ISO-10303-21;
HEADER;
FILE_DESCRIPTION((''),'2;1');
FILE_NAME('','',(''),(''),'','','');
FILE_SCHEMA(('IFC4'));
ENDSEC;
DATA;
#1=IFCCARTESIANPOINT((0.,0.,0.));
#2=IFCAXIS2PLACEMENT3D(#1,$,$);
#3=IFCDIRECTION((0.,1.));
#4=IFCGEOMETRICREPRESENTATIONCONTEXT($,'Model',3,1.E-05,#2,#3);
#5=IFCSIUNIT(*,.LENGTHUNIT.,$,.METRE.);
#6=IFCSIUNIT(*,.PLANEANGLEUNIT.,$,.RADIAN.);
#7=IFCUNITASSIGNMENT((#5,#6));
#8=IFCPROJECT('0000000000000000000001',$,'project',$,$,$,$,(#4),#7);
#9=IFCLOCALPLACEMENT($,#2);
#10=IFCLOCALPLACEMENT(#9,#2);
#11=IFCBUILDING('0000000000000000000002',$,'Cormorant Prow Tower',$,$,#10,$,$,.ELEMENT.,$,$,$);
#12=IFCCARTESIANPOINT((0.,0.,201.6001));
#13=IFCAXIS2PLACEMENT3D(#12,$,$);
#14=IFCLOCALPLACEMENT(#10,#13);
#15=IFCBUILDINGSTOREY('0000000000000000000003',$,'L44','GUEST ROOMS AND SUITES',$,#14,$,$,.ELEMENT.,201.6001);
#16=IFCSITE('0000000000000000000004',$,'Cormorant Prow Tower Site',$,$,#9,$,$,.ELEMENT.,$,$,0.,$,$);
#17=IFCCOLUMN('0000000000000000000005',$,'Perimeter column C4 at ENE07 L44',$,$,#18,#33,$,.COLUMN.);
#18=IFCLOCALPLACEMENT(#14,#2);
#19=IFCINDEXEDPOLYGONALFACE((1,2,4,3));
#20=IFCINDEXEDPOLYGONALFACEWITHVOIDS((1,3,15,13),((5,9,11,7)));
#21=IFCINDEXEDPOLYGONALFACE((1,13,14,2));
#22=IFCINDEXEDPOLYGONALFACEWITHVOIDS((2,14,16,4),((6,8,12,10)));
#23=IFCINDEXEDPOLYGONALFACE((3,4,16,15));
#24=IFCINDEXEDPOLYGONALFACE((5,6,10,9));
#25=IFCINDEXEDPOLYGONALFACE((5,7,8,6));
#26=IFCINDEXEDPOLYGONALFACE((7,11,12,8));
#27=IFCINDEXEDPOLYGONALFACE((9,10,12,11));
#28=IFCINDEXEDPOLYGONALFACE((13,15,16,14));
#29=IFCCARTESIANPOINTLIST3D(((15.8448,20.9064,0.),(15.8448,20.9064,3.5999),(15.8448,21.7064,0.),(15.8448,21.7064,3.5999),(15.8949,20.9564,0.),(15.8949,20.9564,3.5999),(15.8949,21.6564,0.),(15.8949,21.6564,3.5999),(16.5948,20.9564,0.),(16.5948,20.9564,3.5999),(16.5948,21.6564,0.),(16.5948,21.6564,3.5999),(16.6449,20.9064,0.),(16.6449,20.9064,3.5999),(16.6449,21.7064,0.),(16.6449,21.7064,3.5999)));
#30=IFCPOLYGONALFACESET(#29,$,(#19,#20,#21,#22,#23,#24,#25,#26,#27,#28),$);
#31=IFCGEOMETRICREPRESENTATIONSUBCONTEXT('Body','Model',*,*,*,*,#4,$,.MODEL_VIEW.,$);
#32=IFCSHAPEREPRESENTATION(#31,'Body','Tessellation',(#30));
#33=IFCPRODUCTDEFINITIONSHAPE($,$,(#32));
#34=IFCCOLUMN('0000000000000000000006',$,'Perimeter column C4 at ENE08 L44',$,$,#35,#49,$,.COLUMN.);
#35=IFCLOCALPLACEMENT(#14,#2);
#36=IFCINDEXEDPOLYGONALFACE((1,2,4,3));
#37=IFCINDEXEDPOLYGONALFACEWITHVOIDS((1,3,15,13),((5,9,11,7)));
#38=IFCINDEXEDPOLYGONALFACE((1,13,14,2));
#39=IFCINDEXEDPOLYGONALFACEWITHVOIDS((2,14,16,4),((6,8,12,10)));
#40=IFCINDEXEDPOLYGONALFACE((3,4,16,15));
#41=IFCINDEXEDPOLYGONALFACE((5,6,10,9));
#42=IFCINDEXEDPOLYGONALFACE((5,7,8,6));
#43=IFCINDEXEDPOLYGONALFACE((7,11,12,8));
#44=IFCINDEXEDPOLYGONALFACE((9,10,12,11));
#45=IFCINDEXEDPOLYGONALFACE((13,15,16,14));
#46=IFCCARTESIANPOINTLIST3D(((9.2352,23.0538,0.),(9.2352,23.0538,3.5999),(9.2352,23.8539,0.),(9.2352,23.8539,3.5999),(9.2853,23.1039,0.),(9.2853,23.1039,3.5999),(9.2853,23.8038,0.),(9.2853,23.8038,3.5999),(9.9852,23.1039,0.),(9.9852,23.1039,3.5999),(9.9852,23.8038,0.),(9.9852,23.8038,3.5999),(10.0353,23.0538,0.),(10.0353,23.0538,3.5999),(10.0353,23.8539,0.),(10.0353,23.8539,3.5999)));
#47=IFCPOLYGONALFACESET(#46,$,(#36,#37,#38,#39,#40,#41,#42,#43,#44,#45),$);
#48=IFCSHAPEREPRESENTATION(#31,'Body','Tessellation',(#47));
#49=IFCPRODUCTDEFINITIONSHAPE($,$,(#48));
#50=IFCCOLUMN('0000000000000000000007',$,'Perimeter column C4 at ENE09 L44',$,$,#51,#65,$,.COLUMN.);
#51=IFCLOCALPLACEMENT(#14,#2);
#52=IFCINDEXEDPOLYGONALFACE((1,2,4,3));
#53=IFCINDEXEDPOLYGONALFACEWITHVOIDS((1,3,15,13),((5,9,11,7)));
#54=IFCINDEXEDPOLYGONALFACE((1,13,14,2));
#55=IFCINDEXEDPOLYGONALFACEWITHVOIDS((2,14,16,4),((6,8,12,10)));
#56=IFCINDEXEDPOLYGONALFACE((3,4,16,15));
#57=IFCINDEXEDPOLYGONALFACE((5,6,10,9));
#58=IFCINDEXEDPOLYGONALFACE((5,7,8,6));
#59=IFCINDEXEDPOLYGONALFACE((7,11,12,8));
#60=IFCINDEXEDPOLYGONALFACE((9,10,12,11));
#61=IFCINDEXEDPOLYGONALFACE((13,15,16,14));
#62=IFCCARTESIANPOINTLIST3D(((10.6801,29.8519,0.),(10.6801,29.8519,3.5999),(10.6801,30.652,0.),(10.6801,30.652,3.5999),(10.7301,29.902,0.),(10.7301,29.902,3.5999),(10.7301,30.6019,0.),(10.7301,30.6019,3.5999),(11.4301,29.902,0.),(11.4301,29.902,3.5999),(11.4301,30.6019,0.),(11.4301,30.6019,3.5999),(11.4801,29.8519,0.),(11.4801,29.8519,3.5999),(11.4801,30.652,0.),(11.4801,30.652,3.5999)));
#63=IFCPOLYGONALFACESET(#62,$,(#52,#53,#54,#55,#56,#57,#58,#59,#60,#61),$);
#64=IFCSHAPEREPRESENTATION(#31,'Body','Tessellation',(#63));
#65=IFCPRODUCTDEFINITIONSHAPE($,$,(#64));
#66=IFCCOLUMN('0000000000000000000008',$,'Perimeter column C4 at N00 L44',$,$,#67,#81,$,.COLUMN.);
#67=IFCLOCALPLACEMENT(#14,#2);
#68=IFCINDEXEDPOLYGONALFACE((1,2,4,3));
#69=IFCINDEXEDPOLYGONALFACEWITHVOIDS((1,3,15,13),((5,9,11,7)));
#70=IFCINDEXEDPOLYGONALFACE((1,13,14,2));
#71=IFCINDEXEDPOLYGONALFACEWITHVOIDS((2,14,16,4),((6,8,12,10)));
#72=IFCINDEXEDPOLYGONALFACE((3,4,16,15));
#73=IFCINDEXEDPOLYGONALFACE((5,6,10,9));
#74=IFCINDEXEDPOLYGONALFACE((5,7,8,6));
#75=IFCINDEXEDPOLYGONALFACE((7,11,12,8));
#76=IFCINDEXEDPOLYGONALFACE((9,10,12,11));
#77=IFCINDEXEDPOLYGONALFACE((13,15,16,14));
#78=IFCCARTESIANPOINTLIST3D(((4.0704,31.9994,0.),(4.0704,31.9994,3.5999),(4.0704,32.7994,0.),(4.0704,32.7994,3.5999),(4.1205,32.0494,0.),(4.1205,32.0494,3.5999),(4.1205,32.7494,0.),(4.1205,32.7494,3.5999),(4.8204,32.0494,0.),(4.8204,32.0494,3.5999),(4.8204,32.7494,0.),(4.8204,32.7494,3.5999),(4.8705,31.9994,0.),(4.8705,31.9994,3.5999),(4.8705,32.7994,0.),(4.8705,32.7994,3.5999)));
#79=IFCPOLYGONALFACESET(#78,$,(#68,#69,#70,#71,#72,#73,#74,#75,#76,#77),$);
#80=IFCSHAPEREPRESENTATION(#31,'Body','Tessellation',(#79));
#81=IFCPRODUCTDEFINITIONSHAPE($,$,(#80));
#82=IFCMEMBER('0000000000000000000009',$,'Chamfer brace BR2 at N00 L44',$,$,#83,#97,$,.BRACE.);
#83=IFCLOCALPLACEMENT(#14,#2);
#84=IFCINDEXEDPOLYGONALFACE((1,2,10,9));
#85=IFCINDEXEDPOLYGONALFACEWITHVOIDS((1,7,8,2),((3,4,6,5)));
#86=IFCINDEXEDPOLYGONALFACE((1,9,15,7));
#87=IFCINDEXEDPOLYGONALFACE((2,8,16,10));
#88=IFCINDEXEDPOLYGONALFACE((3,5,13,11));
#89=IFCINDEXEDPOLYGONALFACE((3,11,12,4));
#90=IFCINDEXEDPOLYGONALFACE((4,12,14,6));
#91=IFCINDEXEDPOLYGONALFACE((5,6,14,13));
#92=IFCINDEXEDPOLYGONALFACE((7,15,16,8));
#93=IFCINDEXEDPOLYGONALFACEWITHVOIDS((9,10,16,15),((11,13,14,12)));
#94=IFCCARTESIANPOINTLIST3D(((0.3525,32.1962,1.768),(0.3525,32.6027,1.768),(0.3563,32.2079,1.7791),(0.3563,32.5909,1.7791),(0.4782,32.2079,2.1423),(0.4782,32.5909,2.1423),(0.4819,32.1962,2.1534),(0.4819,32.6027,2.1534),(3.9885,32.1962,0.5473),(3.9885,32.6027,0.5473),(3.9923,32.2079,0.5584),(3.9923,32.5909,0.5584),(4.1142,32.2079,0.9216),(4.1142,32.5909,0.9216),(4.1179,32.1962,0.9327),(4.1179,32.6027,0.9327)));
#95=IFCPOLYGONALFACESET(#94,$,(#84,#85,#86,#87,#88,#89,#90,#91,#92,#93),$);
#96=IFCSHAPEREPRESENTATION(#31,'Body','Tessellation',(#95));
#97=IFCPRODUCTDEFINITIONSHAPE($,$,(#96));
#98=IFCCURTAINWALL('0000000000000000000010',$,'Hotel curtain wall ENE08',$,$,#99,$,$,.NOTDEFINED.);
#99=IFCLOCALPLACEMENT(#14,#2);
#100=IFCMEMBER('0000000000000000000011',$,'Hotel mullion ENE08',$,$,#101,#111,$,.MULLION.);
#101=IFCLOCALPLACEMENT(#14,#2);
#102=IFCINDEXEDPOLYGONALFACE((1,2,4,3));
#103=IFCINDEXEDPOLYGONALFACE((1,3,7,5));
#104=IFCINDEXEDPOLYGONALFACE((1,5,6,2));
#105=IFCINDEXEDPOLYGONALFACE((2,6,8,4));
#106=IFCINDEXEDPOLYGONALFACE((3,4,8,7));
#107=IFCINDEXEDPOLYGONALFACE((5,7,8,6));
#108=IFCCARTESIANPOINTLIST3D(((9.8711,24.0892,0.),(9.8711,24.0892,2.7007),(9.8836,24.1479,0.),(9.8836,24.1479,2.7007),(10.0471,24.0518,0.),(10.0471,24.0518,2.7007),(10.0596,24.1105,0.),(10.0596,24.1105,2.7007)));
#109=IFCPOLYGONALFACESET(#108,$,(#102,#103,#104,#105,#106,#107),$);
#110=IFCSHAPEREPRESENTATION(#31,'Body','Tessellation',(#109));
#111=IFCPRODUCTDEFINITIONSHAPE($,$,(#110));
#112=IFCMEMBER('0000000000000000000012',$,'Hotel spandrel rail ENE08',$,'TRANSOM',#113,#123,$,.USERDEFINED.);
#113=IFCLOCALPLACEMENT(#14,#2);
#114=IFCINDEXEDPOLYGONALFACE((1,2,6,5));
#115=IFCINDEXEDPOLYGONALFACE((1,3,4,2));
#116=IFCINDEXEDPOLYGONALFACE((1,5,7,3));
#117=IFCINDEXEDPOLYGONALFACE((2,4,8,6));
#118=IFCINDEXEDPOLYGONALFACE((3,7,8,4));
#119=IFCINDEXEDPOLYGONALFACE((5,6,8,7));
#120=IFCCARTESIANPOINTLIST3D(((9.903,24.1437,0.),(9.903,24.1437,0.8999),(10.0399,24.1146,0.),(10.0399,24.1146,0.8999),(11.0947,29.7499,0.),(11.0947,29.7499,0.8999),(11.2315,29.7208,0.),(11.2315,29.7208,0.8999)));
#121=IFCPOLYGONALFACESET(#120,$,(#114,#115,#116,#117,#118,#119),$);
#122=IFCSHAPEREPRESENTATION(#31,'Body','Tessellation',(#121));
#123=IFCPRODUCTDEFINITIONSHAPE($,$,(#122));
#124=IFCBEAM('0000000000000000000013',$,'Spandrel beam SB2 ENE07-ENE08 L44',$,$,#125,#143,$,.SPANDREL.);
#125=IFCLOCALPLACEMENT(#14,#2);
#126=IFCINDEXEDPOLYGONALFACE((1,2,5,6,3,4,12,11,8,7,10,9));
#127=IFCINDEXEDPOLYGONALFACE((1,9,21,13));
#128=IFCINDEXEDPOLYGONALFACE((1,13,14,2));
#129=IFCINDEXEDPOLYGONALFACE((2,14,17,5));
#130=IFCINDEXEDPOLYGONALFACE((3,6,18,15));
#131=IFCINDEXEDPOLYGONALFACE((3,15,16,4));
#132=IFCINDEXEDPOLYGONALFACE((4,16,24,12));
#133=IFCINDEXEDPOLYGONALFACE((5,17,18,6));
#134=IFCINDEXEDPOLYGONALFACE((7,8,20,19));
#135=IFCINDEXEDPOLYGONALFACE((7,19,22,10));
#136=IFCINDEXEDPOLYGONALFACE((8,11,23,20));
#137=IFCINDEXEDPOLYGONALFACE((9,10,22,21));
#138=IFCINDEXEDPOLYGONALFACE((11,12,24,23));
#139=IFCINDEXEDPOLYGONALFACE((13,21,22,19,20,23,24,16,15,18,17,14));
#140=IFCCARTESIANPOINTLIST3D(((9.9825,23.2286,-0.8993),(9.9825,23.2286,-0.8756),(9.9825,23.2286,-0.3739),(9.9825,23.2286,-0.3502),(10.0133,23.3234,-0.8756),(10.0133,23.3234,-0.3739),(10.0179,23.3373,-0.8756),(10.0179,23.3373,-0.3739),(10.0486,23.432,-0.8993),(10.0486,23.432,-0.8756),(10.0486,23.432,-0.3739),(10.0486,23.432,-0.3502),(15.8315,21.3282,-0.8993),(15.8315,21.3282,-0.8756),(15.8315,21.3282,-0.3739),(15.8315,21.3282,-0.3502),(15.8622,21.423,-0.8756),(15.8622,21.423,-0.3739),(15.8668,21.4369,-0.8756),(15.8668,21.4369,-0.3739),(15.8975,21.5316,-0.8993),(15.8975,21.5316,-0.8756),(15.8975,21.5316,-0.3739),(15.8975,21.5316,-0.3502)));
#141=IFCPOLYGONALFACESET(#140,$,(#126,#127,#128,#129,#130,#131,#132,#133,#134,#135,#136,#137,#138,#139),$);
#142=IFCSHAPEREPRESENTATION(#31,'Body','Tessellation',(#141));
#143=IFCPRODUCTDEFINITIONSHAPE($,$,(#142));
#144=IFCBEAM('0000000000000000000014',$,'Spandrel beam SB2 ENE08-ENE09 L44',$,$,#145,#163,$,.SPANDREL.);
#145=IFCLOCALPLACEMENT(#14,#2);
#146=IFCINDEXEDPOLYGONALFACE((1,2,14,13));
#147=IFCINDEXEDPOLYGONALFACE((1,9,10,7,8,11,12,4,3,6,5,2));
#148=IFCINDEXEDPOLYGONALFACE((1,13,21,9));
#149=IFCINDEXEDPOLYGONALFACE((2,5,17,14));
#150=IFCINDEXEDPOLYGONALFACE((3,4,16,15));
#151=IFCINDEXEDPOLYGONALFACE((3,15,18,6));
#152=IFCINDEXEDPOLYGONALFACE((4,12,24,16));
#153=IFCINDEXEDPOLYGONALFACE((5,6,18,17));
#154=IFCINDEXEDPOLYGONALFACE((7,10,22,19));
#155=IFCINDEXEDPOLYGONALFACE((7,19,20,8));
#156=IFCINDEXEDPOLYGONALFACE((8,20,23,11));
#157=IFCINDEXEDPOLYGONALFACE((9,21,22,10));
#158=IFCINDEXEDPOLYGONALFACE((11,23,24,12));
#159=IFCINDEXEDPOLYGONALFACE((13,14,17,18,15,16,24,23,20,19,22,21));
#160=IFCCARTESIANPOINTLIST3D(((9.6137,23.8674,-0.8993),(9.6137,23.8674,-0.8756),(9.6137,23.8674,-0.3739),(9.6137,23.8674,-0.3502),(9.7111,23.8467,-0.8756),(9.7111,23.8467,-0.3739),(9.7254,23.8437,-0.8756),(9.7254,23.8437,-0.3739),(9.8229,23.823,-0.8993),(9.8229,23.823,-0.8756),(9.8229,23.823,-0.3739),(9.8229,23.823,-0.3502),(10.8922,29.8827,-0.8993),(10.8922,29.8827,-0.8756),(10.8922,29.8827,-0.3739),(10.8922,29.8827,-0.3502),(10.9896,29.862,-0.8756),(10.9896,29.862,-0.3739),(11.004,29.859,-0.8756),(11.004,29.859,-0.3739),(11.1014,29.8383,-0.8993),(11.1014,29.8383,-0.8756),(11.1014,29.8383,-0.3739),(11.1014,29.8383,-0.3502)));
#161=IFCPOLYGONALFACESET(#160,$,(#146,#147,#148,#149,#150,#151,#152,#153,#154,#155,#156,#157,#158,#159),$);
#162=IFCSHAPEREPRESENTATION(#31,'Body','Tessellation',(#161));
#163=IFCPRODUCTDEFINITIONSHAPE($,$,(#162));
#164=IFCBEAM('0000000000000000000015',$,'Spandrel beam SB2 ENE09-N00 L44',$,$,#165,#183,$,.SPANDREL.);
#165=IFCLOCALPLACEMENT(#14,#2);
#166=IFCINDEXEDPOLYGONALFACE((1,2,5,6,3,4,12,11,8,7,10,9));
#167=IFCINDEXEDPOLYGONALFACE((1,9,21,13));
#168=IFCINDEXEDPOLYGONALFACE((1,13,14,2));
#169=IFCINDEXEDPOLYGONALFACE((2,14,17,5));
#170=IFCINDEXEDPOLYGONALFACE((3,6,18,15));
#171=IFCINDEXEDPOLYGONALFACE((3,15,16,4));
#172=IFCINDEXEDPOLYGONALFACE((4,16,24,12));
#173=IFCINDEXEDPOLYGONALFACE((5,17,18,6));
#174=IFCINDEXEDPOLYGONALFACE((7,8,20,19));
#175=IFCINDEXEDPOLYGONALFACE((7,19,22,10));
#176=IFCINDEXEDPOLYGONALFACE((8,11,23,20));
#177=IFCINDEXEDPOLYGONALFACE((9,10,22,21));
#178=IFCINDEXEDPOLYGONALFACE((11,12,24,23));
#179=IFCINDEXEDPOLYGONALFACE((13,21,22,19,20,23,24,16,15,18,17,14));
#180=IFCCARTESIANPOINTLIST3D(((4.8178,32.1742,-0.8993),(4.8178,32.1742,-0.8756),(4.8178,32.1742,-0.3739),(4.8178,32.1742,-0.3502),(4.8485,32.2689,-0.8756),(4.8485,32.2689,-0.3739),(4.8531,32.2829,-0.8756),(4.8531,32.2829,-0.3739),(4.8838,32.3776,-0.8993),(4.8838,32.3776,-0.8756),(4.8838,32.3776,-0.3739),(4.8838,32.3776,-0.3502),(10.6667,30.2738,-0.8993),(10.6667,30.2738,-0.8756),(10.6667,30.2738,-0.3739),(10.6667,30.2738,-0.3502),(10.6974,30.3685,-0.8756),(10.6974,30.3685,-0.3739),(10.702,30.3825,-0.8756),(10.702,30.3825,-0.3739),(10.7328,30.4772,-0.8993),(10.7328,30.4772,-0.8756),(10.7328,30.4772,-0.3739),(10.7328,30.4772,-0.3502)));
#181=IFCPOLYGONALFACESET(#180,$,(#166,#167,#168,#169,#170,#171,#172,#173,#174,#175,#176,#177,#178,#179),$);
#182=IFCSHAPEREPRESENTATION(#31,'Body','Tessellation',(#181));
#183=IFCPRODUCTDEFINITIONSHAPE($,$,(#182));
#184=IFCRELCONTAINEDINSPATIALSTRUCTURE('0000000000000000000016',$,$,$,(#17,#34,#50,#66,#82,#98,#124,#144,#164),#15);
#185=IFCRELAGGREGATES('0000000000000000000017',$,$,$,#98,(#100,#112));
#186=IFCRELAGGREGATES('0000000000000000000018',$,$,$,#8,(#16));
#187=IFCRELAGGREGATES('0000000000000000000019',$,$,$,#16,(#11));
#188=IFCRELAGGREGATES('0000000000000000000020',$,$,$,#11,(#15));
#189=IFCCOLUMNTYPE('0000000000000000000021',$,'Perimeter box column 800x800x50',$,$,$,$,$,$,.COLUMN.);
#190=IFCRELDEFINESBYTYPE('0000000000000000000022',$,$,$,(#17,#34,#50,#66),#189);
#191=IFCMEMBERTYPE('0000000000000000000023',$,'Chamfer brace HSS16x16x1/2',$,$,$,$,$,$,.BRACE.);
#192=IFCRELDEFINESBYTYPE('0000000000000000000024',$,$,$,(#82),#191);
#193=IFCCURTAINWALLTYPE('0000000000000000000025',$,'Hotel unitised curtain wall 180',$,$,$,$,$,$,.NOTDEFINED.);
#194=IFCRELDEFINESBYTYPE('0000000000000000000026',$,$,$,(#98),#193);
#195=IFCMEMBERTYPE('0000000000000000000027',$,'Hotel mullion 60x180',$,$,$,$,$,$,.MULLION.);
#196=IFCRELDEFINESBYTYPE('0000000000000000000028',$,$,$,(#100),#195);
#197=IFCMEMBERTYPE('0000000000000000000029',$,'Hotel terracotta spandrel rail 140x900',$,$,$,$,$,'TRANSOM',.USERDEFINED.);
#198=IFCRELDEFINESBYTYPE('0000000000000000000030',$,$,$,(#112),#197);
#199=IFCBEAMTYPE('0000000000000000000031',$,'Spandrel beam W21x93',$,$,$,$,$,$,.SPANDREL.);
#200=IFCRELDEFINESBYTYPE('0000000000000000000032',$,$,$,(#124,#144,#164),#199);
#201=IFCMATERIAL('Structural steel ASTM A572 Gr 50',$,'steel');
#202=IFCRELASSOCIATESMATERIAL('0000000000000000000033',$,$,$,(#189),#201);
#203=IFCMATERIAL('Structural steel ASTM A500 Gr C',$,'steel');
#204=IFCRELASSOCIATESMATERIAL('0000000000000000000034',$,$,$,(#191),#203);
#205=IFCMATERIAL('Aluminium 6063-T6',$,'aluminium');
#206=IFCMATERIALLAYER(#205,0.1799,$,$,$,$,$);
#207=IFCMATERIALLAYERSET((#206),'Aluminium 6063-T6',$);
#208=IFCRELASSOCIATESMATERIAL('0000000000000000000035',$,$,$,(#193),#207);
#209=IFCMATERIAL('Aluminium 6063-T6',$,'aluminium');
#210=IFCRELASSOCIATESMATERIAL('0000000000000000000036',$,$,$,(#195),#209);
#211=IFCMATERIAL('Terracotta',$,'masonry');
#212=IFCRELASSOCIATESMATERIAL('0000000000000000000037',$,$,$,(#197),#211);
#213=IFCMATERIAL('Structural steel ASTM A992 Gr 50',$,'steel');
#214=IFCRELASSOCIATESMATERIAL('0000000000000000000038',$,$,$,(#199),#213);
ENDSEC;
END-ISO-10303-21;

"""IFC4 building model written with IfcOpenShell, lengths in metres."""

from ifc_helpers import new_model, si_unit, direction, frame, origin, origin_2d, place, context, subcontext, project, spatial, rectangle, hollow_rectangle, i_section, extrude, material, layer, layer_set, material_profile, profile_set, type_object, element, aggregate, save


model = new_model("IFC4")

# Units and contexts
model_context = context("Model", 3, precision=1e-05, world=origin(), true_north=direction((0.0, 1.0)))
body_context = subcontext(model_context, "Body", "Model", "MODEL_VIEW")
ifc_project = project(units=[si_unit("LENGTHUNIT", "METRE"), si_unit("PLANEANGLEUNIT", "RADIAN")], contexts=[model_context])

# Site, building, storey
site_placement = place(None, origin())
site = spatial("IfcSite", under=ifc_project, at=site_placement, Name="Cormorant Prow Tower Site", CompositionType="ELEMENT", RefElevation=0.0)
building_placement = place(site_placement, origin())
building = spatial("IfcBuilding", under=site, at=building_placement, Name="Cormorant Prow Tower", CompositionType="ELEMENT")
storey_placement = place(building_placement, frame((0.0, 0.0, 201.6001)))
storey = spatial("IfcBuildingStorey", under=building, at=storey_placement, Name="L44", Description="GUEST ROOMS AND SUITES", CompositionType="ELEMENT", Elevation=201.6001)

# Columns
ifc_material_1 = material(Name="Structural steel ASTM A572 Gr 50", Category="steel")
ifc_material_profile_1 = material_profile(ifc_material_1, hollow_rectangle(XDim=0.8, YDim=0.8, WallThickness=0.05, at=origin_2d()), Name="Box 800x800x50")
ifc_profile_set_1 = profile_set([ifc_material_profile_1], Name="Structural steel ASTM A572 Gr 50")
column_type = type_object("IfcColumnType", Name="Perimeter box column 800x800x50", PredefinedType="COLUMN", material=ifc_profile_set_1)
for number, where, z_axis, x_axis, name in (
    (1, (16.2449, 21.3064, 0.0), (0.0, 0.0, 1.0), (1.0, 0.0, 0.0), "Perimeter column C4 at ENE07 L44"),
    (2, (9.6353, 23.4539, 0.0), (0.0, 0.0, 1.0), (1.0, 0.0, 0.0), "Perimeter column C4 at ENE08 L44"),
    (3, (11.0801, 30.252, 0.0), (0.0, 0.0, 1.0), (1.0, 0.0, 0.0), "Perimeter column C4 at ENE09 L44"),
    (4, (4.4705, 32.3994, 0.0), (0.0, 0.0, 1.0), (1.0, 0.0, 0.0), "Perimeter column C4 at N00 L44"),
):
    element("IfcColumn", number, at=place(storey_placement, frame(where, z_axis=z_axis, x_axis=x_axis)), inside=storey, type_object=column_type, Name=name, PredefinedType="COLUMN", context=body_context, shape_type="SweptSolid", body=[
        extrude(hollow_rectangle(XDim=0.8, YDim=0.8, WallThickness=0.05, at=origin_2d()), origin(), (0.0, 0.0, 1.0), 3.5999),
    ])

# Member
ifc_material_2 = material(Name="Structural steel ASTM A500 Gr C", Category="steel")
ifc_material_profile_2 = material_profile(ifc_material_2, hollow_rectangle(XDim=0.4065, YDim=0.4065, WallThickness=0.0117, at=origin_2d()), Name="HSS16x16x1/2")
ifc_profile_set_2 = profile_set([ifc_material_profile_2], Name="Structural steel ASTM A500 Gr C")
member_type_1 = type_object("IfcMemberType", Name="Chamfer brace HSS16x16x1/2", PredefinedType="BRACE", material=ifc_profile_set_2)
member_1_placement = place(storey_placement, frame((4.0532, 32.3994, 0.74), z_axis=(-0.948, 0.0, 0.31827), x_axis=(0.0, -1.0, 0.0)))
element("IfcMember", 5, at=member_1_placement, inside=storey, type_object=member_type_1, Name="Chamfer brace BR2 at N00 L44", PredefinedType="BRACE", context=body_context, shape_type="SweptSolid", body=[
    extrude(hollow_rectangle(XDim=0.4065, YDim=0.4065, WallThickness=0.0117, at=origin_2d()), origin(), (0.0, 0.0, 1.0), 3.8354),
])

# Curtain wall, members
ifc_material_3 = material(Name="Aluminium 6063-T6", Category="aluminium")
ifc_layer_1 = layer(ifc_material_3, 0.1799)
ifc_layer_set_1 = layer_set([ifc_layer_1], Name="Aluminium 6063-T6")
curtain_wall_type = type_object("IfcCurtainWallType", Name="Hotel unitised curtain wall 180", PredefinedType="NOTDEFINED", material=ifc_layer_set_1)
curtain_wall_1_placement = place(storey_placement, origin())
curtain_wall_1 = element("IfcCurtainWall", 6, at=curtain_wall_1_placement, inside=storey, type_object=curtain_wall_type, Name="Hotel curtain wall ENE08", PredefinedType="NOTDEFINED")
ifc_material_4 = material(Name="Aluminium 6063-T6", Category="aluminium")
ifc_material_profile_3 = material_profile(ifc_material_4, rectangle(XDim=0.1799, YDim=0.0601, at=origin_2d()), Name="Hotel mullion 60x180")
ifc_profile_set_3 = profile_set([ifc_material_profile_3], Name="Aluminium 6063-T6")
member_type_2 = type_object("IfcMemberType", Name="Hotel mullion 60x180", PredefinedType="MULLION", material=ifc_profile_set_3)
member_2_placement = place(storey_placement, frame((9.9653, 24.0999, 0.0), z_axis=(0.0, 0.0, 1.0), x_axis=(-0.978148, 0.207912, 0.0)))
member_2 = element("IfcMember", 7, at=member_2_placement, type_object=member_type_2, Name="Hotel mullion ENE08", PredefinedType="MULLION", context=body_context, shape_type="SweptSolid", body=[
    extrude(rectangle(XDim=0.1799, YDim=0.0601, at=origin_2d()), origin(), (0.0, 0.0, 1.0), 2.7007),
])
ifc_material_5 = material(Name="Terracotta", Category="masonry")
ifc_material_profile_4 = material_profile(ifc_material_5, rectangle(XDim=0.1399, YDim=0.8999, at=origin_2d()), Name="Hotel terracotta spandrel rail 140x900")
ifc_profile_set_4 = profile_set([ifc_material_profile_4], Name="Terracotta")
member_type_3 = type_object("IfcMemberType", Name="Hotel terracotta spandrel rail 140x900", ElementType="TRANSOM", PredefinedType="USERDEFINED", material=ifc_profile_set_4)
member_3_placement = place(storey_placement, frame((9.9714, 24.1292, 0.45), z_axis=(0.207914, 0.978147, 0.0), x_axis=(-0.978147, 0.207914, 0.0)))
member_3 = element("IfcMember", 8, at=member_3_placement, type_object=member_type_3, Name="Hotel spandrel rail ENE08", ObjectType="TRANSOM", PredefinedType="USERDEFINED", context=body_context, shape_type="SweptSolid", body=[
    extrude(rectangle(XDim=0.1399, YDim=0.8999, at=origin_2d()), origin(), (0.0, 0.0, 1.0), 5.7314),
])

# Beams
ifc_material_6 = material(Name="Structural steel ASTM A992 Gr 50", Category="steel")
ifc_material_profile_5 = material_profile(ifc_material_6, i_section(OverallWidth=0.2139, OverallDepth=0.5491, WebThickness=0.0146, FlangeThickness=0.0237, at=origin_2d()), Name="W21x93")
ifc_profile_set_5 = profile_set([ifc_material_profile_5], Name="Structural steel ASTM A992 Gr 50")
beam_type = type_object("IfcBeamType", Name="Spandrel beam W21x93", PredefinedType="SPANDREL", material=ifc_profile_set_5)
beam_1_placement = place(storey_placement, frame((15.8645, 21.4299, -0.6248), z_axis=(-0.951058, 0.309013, 0.0), x_axis=(-0.309013, -0.951058, 0.0)))
element("IfcBeam", 9, at=beam_1_placement, inside=storey, type_object=beam_type, Name="Spandrel beam SB2 ENE07-ENE08 L44", PredefinedType="SPANDREL", context=body_context, shape_type="SweptSolid", body=[
    extrude(i_section(OverallWidth=0.2139, OverallDepth=0.5491, WebThickness=0.0146, FlangeThickness=0.0237, at=origin_2d()), origin(), (0.0, 0.0, 1.0), 6.1499),
])
beam_2_placement = place(storey_placement, frame((9.7183, 23.8452, -0.6248), z_axis=(0.207905, 0.978149, 0.0), x_axis=(-0.978149, 0.207905, 0.0)))
element("IfcBeam", 10, at=beam_2_placement, inside=storey, type_object=beam_type, Name="Spandrel beam SB2 ENE08-ENE09 L44", PredefinedType="SPANDREL", context=body_context, shape_type="SweptSolid", body=[
    extrude(i_section(OverallWidth=0.2139, OverallDepth=0.5491, WebThickness=0.0146, FlangeThickness=0.0237, at=origin_2d()), origin(), (0.0, 0.0, 1.0), 6.1497),
])
beam_3_placement = place(storey_placement, frame((10.6997, 30.3755, -0.6248), z_axis=(-0.951058, 0.309013, 0.0), x_axis=(-0.309013, -0.951058, 0.0)))
element("IfcBeam", 11, at=beam_3_placement, inside=storey, type_object=beam_type, Name="Spandrel beam SB2 ENE09-N00 L44", PredefinedType="SPANDREL", context=body_context, shape_type="SweptSolid", body=[
    extrude(i_section(OverallWidth=0.2139, OverallDepth=0.5491, WebThickness=0.0146, FlangeThickness=0.0237, at=origin_2d()), origin(), (0.0, 0.0, 1.0), 6.1499),
])

aggregate(curtain_wall_1, [member_2, member_3])

save(model, "model.ifc")
